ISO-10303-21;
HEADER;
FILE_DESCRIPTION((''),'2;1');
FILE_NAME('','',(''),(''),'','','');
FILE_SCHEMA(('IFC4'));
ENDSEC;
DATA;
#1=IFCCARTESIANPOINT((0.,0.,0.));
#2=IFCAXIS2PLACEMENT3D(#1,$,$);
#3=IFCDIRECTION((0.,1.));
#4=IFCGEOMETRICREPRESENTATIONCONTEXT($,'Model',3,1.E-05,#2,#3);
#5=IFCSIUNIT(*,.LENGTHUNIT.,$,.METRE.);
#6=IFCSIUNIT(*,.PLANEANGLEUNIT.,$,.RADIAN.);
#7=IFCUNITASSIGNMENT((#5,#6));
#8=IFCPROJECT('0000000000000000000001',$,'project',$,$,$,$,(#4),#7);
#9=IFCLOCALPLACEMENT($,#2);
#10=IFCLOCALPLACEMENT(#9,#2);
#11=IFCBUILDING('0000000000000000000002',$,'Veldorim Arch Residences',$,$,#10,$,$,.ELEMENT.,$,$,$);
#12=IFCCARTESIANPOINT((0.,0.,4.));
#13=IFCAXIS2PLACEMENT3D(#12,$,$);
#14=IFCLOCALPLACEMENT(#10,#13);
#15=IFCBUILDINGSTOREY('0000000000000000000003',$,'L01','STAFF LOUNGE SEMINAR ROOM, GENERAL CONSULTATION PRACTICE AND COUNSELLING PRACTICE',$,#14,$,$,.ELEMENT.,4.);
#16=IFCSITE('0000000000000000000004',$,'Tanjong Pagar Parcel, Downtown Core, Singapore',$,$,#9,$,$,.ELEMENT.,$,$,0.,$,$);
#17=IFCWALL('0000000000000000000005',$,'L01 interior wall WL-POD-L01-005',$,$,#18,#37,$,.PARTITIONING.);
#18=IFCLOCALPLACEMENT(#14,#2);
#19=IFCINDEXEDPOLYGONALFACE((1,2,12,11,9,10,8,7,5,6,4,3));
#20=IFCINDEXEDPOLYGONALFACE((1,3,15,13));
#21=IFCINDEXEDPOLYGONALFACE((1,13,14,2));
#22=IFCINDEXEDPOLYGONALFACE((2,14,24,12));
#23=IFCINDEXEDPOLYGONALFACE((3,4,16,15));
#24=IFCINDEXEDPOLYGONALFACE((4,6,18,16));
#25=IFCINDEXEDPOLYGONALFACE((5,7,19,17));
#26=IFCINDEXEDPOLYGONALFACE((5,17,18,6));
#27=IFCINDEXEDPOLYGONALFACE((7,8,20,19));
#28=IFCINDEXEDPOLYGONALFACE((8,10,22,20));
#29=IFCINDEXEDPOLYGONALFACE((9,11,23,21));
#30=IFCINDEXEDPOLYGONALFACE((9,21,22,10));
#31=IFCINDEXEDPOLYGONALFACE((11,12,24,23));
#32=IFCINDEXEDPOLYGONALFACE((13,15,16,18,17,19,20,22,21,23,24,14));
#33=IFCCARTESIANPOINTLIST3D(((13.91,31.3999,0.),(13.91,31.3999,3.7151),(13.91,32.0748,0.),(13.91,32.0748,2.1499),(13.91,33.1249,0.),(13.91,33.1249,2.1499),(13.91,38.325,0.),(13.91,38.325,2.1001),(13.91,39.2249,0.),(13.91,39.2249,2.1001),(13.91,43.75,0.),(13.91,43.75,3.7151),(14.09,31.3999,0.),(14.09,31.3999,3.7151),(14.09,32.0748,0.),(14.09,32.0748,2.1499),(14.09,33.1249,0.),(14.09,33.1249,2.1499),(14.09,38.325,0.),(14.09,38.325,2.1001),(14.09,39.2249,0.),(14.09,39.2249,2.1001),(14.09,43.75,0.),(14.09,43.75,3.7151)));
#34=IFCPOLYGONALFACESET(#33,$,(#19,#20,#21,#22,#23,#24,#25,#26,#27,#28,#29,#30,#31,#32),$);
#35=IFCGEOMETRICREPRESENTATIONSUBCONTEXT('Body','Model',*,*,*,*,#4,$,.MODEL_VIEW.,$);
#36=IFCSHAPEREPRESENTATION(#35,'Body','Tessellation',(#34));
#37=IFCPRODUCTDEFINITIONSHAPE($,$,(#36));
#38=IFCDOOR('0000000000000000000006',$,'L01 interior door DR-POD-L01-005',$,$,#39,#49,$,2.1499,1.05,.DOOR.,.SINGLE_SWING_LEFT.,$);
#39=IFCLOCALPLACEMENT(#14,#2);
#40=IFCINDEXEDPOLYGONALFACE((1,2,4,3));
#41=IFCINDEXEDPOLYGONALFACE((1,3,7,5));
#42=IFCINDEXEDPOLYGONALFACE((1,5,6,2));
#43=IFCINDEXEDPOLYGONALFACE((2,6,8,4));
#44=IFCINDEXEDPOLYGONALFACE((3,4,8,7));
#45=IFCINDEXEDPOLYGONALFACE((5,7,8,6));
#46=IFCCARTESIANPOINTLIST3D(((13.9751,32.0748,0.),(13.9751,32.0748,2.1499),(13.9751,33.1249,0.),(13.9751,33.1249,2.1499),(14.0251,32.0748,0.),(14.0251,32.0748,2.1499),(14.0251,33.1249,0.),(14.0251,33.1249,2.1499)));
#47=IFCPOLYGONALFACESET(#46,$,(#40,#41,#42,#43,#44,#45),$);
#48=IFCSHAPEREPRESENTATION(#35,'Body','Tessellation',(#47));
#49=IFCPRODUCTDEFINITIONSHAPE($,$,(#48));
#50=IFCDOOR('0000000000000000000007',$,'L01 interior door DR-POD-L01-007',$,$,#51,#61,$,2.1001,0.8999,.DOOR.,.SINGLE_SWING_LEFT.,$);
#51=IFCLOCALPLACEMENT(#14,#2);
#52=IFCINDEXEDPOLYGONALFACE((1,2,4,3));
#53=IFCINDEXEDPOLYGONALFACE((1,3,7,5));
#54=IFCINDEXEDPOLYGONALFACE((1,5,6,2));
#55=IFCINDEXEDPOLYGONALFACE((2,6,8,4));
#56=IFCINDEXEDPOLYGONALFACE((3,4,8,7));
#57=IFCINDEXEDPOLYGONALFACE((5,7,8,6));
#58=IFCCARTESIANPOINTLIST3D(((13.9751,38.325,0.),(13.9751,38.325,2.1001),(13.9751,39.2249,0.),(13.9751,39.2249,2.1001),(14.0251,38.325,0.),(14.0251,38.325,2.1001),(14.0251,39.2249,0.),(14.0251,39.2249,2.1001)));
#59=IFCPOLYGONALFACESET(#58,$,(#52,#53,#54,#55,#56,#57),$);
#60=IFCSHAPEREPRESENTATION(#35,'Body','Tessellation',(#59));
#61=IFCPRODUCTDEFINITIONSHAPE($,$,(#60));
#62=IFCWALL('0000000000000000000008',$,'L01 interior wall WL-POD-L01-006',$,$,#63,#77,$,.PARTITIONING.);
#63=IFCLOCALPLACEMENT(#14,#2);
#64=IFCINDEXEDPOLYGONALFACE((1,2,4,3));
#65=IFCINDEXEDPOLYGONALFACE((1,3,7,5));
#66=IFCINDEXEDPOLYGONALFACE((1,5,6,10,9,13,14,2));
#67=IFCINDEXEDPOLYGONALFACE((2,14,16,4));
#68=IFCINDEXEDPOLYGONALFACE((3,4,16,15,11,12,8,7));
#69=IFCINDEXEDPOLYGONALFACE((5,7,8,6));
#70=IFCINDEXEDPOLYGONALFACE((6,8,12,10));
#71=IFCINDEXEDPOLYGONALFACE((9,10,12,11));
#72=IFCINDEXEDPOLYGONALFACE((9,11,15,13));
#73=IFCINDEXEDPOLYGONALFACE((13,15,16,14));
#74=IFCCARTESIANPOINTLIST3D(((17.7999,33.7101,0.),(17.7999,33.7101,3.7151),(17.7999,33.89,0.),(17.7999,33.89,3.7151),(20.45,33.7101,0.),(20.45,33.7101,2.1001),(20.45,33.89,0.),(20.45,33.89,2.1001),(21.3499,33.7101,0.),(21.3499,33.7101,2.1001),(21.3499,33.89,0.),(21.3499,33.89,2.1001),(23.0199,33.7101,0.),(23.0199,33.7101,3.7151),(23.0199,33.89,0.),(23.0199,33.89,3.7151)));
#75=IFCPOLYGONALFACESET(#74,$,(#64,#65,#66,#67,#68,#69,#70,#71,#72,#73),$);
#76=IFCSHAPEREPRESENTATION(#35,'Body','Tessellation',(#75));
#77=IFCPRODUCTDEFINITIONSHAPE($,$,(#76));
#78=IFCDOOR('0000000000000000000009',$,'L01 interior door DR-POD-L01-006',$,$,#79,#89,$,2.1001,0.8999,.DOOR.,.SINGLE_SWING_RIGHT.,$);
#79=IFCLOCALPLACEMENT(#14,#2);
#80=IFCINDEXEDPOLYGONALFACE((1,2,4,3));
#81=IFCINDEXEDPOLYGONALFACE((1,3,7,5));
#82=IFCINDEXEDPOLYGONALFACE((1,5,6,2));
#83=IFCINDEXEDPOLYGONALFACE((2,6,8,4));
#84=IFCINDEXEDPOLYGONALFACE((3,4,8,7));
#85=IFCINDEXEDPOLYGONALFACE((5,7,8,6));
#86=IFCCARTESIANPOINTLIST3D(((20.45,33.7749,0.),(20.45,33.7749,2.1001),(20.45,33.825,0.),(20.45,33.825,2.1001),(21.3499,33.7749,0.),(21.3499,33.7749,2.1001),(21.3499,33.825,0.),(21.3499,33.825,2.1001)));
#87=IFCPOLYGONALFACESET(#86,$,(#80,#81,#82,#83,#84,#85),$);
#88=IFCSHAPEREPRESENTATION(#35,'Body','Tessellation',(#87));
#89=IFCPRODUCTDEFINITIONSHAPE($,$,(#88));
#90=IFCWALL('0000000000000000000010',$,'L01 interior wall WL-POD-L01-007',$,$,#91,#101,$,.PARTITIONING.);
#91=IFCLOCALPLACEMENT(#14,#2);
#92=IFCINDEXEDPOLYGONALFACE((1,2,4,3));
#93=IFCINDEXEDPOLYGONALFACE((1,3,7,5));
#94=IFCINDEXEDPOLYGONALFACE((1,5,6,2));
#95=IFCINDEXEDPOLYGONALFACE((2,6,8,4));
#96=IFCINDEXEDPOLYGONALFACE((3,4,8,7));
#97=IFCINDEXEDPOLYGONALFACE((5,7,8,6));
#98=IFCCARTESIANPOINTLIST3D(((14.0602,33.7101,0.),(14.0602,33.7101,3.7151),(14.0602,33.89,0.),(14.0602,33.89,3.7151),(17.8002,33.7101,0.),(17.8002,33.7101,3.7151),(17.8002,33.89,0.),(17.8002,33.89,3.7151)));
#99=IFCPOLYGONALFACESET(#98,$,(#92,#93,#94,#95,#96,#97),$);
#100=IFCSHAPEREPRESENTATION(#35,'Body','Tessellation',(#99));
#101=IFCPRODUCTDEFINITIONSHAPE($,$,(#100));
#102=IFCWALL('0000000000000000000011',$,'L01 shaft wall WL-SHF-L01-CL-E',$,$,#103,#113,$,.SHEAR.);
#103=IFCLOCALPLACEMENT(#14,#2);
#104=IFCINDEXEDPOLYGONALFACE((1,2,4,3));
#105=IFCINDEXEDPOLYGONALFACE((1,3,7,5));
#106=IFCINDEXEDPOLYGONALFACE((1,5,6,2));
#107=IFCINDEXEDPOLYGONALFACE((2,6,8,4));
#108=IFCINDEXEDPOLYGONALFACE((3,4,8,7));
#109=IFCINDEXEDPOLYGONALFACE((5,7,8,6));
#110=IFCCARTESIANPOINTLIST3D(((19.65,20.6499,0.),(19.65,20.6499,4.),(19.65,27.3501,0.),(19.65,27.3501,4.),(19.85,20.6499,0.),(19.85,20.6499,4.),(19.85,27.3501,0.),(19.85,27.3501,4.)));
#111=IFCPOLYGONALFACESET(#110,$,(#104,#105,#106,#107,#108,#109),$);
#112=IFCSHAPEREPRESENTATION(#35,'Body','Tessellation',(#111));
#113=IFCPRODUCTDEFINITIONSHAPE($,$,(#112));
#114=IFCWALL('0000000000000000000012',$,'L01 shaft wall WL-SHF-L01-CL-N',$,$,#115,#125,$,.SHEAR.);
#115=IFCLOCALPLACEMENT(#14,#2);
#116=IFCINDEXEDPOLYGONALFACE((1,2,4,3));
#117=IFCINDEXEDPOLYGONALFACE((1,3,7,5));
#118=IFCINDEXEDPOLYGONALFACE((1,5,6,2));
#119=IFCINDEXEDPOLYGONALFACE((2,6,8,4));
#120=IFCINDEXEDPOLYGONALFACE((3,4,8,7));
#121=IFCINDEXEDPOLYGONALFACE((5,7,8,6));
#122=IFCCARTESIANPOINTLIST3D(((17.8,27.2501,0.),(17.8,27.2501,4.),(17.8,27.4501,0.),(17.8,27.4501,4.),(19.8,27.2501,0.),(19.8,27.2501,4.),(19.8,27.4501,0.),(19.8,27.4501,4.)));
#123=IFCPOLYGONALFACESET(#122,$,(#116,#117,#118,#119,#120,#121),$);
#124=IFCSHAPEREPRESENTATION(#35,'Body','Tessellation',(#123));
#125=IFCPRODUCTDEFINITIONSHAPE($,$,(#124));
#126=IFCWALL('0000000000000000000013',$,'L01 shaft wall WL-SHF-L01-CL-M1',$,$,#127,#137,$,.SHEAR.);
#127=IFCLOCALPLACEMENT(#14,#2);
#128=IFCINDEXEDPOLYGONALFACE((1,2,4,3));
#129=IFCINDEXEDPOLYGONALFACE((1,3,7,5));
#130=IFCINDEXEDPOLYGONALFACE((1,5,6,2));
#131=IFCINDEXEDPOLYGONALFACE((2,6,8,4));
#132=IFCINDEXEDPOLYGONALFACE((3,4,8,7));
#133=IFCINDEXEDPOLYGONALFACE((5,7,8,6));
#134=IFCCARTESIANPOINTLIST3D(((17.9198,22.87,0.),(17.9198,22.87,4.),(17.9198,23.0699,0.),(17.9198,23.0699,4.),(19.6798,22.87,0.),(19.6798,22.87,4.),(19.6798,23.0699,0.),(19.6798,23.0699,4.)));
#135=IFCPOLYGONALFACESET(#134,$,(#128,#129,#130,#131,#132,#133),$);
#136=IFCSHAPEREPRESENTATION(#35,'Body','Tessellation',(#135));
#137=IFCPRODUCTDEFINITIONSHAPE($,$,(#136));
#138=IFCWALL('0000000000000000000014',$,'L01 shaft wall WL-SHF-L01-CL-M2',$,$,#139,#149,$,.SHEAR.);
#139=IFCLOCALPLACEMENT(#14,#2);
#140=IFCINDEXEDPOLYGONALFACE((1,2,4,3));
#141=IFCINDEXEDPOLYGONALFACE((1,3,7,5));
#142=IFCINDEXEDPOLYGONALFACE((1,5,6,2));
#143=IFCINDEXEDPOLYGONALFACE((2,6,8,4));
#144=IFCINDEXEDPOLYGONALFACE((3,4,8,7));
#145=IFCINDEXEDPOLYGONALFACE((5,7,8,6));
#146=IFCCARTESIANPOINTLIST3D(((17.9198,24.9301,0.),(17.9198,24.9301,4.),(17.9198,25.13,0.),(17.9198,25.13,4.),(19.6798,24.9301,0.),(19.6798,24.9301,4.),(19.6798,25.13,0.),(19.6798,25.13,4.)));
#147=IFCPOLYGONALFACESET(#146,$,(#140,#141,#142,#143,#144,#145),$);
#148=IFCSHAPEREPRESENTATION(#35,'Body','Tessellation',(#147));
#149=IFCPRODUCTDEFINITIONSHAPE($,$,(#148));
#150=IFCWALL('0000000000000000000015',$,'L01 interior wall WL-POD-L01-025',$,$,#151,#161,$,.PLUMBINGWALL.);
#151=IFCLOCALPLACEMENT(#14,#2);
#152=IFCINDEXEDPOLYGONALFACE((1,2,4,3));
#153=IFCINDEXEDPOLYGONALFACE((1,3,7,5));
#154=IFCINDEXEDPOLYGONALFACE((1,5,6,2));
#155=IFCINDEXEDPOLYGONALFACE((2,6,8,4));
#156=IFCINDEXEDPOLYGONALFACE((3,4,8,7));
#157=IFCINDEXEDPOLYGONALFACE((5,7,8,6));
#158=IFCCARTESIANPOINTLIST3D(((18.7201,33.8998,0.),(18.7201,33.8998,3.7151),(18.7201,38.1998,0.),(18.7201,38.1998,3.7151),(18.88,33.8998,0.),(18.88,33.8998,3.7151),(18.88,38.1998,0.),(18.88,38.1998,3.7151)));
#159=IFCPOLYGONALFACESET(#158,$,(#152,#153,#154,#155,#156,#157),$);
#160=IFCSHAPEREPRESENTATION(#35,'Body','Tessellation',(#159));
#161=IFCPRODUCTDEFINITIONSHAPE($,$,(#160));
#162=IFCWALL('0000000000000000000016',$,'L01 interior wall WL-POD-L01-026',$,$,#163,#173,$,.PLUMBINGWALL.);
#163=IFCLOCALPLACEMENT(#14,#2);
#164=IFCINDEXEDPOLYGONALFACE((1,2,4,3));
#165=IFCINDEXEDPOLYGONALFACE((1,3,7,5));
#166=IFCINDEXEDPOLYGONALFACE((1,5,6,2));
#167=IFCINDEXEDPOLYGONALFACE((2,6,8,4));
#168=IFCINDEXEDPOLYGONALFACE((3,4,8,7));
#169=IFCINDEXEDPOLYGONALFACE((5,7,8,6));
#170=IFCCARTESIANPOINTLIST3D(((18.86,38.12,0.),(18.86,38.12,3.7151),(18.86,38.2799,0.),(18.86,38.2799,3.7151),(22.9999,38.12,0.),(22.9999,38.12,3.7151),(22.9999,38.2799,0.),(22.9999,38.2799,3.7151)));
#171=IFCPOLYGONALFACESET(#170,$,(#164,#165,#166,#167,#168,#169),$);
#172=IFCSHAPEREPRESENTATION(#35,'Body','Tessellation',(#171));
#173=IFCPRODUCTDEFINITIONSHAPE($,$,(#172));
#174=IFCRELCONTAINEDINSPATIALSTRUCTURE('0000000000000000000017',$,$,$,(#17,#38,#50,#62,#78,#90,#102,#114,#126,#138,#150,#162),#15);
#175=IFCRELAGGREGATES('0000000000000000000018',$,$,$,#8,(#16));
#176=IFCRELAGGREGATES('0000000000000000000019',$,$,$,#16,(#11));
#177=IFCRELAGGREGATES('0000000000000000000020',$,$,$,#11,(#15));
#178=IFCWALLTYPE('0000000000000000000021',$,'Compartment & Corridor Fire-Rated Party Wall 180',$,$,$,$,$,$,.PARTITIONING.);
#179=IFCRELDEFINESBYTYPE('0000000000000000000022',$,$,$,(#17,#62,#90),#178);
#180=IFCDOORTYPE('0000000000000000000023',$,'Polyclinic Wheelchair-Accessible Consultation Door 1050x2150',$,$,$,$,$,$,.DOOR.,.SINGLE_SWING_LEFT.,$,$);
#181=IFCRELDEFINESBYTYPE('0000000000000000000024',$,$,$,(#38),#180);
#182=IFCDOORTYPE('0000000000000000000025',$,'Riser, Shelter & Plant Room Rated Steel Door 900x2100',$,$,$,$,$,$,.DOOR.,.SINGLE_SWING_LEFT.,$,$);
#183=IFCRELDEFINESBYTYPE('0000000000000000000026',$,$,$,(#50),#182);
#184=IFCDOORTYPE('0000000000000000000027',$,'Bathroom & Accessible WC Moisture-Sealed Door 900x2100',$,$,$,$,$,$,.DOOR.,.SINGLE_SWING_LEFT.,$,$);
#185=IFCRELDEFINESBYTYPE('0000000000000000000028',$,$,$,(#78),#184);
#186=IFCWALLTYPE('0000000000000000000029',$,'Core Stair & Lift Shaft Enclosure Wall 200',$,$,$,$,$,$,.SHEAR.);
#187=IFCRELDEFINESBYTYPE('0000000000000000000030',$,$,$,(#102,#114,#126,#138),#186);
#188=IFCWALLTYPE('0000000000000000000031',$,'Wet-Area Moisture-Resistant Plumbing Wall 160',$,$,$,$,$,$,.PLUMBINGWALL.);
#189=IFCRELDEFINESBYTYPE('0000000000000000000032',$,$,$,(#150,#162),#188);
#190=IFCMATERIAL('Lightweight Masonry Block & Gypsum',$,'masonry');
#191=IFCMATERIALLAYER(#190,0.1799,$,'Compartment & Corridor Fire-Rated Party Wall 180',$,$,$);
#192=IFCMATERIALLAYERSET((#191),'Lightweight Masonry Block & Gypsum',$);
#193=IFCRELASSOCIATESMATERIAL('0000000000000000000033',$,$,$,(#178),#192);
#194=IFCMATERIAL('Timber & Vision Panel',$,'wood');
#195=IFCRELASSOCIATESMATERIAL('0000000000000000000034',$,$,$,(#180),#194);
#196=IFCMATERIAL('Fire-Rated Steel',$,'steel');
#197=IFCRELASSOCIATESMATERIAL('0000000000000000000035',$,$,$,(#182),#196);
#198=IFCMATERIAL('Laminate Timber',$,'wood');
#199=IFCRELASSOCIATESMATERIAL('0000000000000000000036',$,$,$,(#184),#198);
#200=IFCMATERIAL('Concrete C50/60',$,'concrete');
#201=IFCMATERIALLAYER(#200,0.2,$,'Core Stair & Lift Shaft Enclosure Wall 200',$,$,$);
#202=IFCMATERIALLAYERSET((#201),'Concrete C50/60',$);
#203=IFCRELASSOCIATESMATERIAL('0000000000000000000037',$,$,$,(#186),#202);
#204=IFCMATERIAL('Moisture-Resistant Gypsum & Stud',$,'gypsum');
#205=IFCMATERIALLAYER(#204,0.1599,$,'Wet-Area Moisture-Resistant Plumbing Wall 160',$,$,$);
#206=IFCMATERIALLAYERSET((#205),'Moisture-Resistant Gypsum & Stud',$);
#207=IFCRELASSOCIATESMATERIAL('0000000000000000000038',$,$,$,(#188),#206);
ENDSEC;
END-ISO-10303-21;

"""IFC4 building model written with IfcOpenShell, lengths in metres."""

from ifc_helpers import new_model, si_unit, direction, frame, frame_2d, origin, place, context, subcontext, project, spatial, rectangle, extrude, material, layer, layer_set, type_object, element, fill, save


model = new_model("IFC4")

# Units and contexts
model_context = context("Model", 3, precision=1e-05, world=origin(), true_north=direction((0.0, 1.0)))
body_context = subcontext(model_context, "Body", "Model", "MODEL_VIEW")
ifc_project = project(units=[si_unit("LENGTHUNIT", "METRE"), si_unit("PLANEANGLEUNIT", "RADIAN")], contexts=[model_context])

# Site, building, storey
site_placement = place(None, origin())
site = spatial("IfcSite", under=ifc_project, at=site_placement, Name="Tanjong Pagar Parcel, Downtown Core, Singapore", CompositionType="ELEMENT", RefElevation=0.0)
building_placement = place(site_placement, origin())
building = spatial("IfcBuilding", under=site, at=building_placement, Name="Veldorim Arch Residences", CompositionType="ELEMENT")
storey_placement = place(building_placement, frame((0.0, 0.0, 4.0)))
storey = spatial("IfcBuildingStorey", under=building, at=storey_placement, Name="L01", Description="STAFF LOUNGE SEMINAR ROOM, GENERAL CONSULTATION PRACTICE AND COUNSELLING PRACTICE", CompositionType="ELEMENT", Elevation=4.0)

# Wall, openings, doors
ifc_material_1 = material(Name="Lightweight Masonry Block & Gypsum", Category="masonry")
ifc_layer_1 = layer(ifc_material_1, 0.1799, Name="Compartment & Corridor Fire-Rated Party Wall 180")
ifc_layer_set_1 = layer_set([ifc_layer_1], Name="Lightweight Masonry Block & Gypsum")
wall_type_1 = type_object("IfcWallType", Name="Compartment & Corridor Fire-Rated Party Wall 180", PredefinedType="PARTITIONING", material=ifc_layer_set_1)
wall_1_placement = place(storey_placement, frame((14.0, 31.3999, 0.0), z_axis=(0.0, 0.0, 1.0), x_axis=(0.0, 1.0, 0.0)))
wall_1 = element("IfcWall", 1, at=wall_1_placement, inside=storey, type_object=wall_type_1, Name="L01 interior wall WL-POD-L01-005", PredefinedType="PARTITIONING", context=body_context, shape_type="SweptSolid", body=[
    extrude(rectangle(XDim=12.3501, YDim=0.1799, at=frame_2d((6.175, 0.0))), origin(), (0.0, 0.0, 1.0), 3.7151),
])
opening_1_placement = place(wall_1_placement, frame((0.675, 0.0, 0.0)))
opening_1 = element("IfcOpeningElement", 2, at=opening_1_placement, cuts=wall_1, PredefinedType="OPENING", context=body_context, shape_type="SweptSolid", body=[
    extrude(rectangle(XDim=1.05, YDim=2.1499, at=frame_2d((0.5249, 1.075))), frame((0.0, 0.0999, 0.0), z_axis=(0.0, -1.0, 0.0), x_axis=(1.0, 0.0, 0.0)), (0.0, 0.0, 1.0), 0.2),
])
opening_2_placement = place(wall_1_placement, frame((6.925, 0.0, 0.0)))
opening_2 = element("IfcOpeningElement", 3, at=opening_2_placement, cuts=wall_1, PredefinedType="OPENING", context=body_context, shape_type="SweptSolid", body=[
    extrude(rectangle(XDim=0.8999, YDim=2.1001, at=frame_2d((0.45, 1.05))), frame((0.0, 0.0999, 0.0), z_axis=(0.0, -1.0, 0.0), x_axis=(1.0, 0.0, 0.0)), (0.0, 0.0, 1.0), 0.2),
])
ifc_material_2 = material(Name="Timber & Vision Panel", Category="wood")
door_type_1 = type_object("IfcDoorType", Name="Polyclinic Wheelchair-Accessible Consultation Door 1050x2150", OperationType="SINGLE_SWING_LEFT", PredefinedType="DOOR", material=ifc_material_2)
door_1_placement = place(opening_1_placement, origin())
door_1 = element("IfcDoor", 4, at=door_1_placement, inside=storey, type_object=door_type_1, Name="L01 interior door DR-POD-L01-005", OperationType="SINGLE_SWING_LEFT", OverallHeight=2.1499, OverallWidth=1.05, PredefinedType="DOOR", context=body_context, shape_type="SweptSolid", body=[
    extrude(rectangle(XDim=1.05, YDim=2.1499, at=frame_2d((0.5249, 1.075))), frame((0.0, 0.0249, 0.0), z_axis=(0.0, -1.0, 0.0), x_axis=(1.0, 0.0, 0.0)), (0.0, 0.0, 1.0), 0.05),
])
fill(opening_1, door_1)
ifc_material_3 = material(Name="Fire-Rated Steel", Category="steel")
door_type_2 = type_object("IfcDoorType", Name="Riser, Shelter & Plant Room Rated Steel Door 900x2100", OperationType="SINGLE_SWING_LEFT", PredefinedType="DOOR", material=ifc_material_3)
door_2_placement = place(opening_2_placement, origin())
door_2 = element("IfcDoor", 5, at=door_2_placement, inside=storey, type_object=door_type_2, Name="L01 interior door DR-POD-L01-007", OperationType="SINGLE_SWING_LEFT", OverallHeight=2.1001, OverallWidth=0.8999, PredefinedType="DOOR", context=body_context, shape_type="SweptSolid", body=[
    extrude(rectangle(XDim=0.8999, YDim=2.1001, at=frame_2d((0.45, 1.05))), frame((0.0, 0.0249, 0.0), z_axis=(0.0, -1.0, 0.0), x_axis=(1.0, 0.0, 0.0)), (0.0, 0.0, 1.0), 0.05),
])
fill(opening_2, door_2)

# Wall, opening, door
wall_2_placement = place(storey_placement, frame((17.8, 33.8, 0.0), z_axis=(0.0, 0.0, 1.0), x_axis=(1.0, 0.0, 0.0)))
wall_2 = element("IfcWall", 6, at=wall_2_placement, inside=storey, type_object=wall_type_1, Name="L01 interior wall WL-POD-L01-006", PredefinedType="PARTITIONING", context=body_context, shape_type="SweptSolid", body=[
    extrude(rectangle(XDim=5.22, YDim=0.1799, at=frame_2d((2.6099, 0.0))), origin(), (0.0, 0.0, 1.0), 3.7151),
])
opening_3_placement = place(wall_2_placement, frame((2.6499, 0.0, 0.0)))
opening_3 = element("IfcOpeningElement", 7, at=opening_3_placement, cuts=wall_2, PredefinedType="OPENING", context=body_context, shape_type="SweptSolid", body=[
    extrude(rectangle(XDim=0.8999, YDim=2.1001, at=frame_2d((0.45, 1.05))), frame((0.0, 0.0999, 0.0), z_axis=(0.0, -1.0, 0.0), x_axis=(1.0, 0.0, 0.0)), (0.0, 0.0, 1.0), 0.2),
])
ifc_material_4 = material(Name="Laminate Timber", Category="wood")
door_type_3 = type_object("IfcDoorType", Name="Bathroom & Accessible WC Moisture-Sealed Door 900x2100", OperationType="SINGLE_SWING_LEFT", PredefinedType="DOOR", material=ifc_material_4)
door_3_placement = place(opening_3_placement, origin())
door_3 = element("IfcDoor", 8, at=door_3_placement, inside=storey, type_object=door_type_3, Name="L01 interior door DR-POD-L01-006", OperationType="SINGLE_SWING_RIGHT", OverallHeight=2.1001, OverallWidth=0.8999, PredefinedType="DOOR", context=body_context, shape_type="SweptSolid", body=[
    extrude(rectangle(XDim=0.8999, YDim=2.1001, at=frame_2d((0.45, 1.05))), frame((0.0, 0.0249, 0.0), z_axis=(0.0, -1.0, 0.0), x_axis=(1.0, 0.0, 0.0)), (0.0, 0.0, 1.0), 0.05),
])
fill(opening_3, door_3)

# Walls
wall_3_placement = place(storey_placement, frame((14.0601, 33.8, 0.0), z_axis=(0.0, 0.0, 1.0), x_axis=(1.0, 0.0, 0.0)))
element("IfcWall", 9, at=wall_3_placement, inside=storey, type_object=wall_type_1, Name="L01 interior wall WL-POD-L01-007", PredefinedType="PARTITIONING", context=body_context, shape_type="SweptSolid", body=[
    extrude(rectangle(XDim=3.74, YDim=0.1799, at=frame_2d((1.8701, 0.0))), origin(), (0.0, 0.0, 1.0), 3.7151),
])
ifc_material_5 = material(Name="Concrete C50/60", Category="concrete")
ifc_layer_2 = layer(ifc_material_5, 0.2, Name="Core Stair & Lift Shaft Enclosure Wall 200")
ifc_layer_set_2 = layer_set([ifc_layer_2], Name="Concrete C50/60")
wall_type_2 = type_object("IfcWallType", Name="Core Stair & Lift Shaft Enclosure Wall 200", PredefinedType="SHEAR", material=ifc_layer_set_2)
wall_4_placement = place(storey_placement, frame((19.75, 20.6499, 0.0), z_axis=(0.0, 0.0, 1.0), x_axis=(0.0, 1.0, 0.0)))
element("IfcWall", 10, at=wall_4_placement, inside=storey, type_object=wall_type_2, Name="L01 shaft wall WL-SHF-L01-CL-E", PredefinedType="SHEAR", context=body_context, shape_type="SweptSolid", body=[
    extrude(rectangle(XDim=6.7002, YDim=0.2, at=frame_2d((3.3501, 0.0))), origin(), (0.0, 0.0, 1.0), 4.0),
])
wall_5_placement = place(storey_placement, frame((17.8, 27.3501, 0.0), z_axis=(0.0, 0.0, 1.0), x_axis=(1.0, 0.0, 0.0)))
element("IfcWall", 11, at=wall_5_placement, inside=storey, type_object=wall_type_2, Name="L01 shaft wall WL-SHF-L01-CL-N", PredefinedType="SHEAR", context=body_context, shape_type="SweptSolid", body=[
    extrude(rectangle(XDim=2.0, YDim=0.2, at=frame_2d((1.0, 0.0))), origin(), (0.0, 0.0, 1.0), 4.0),
])
for number, where, z_axis, x_axis, name in (
    (12, (17.9199, 22.97, 0.0), (0.0, 0.0, 1.0), (1.0, 0.0, 0.0), "L01 shaft wall WL-SHF-L01-CL-M1"),
    (13, (17.9199, 25.03, 0.0), (0.0, 0.0, 1.0), (1.0, 0.0, 0.0), "L01 shaft wall WL-SHF-L01-CL-M2"),
):
    element("IfcWall", number, at=place(storey_placement, frame(where, z_axis=z_axis, x_axis=x_axis)), inside=storey, type_object=wall_type_2, Name=name, PredefinedType="SHEAR", context=body_context, shape_type="SweptSolid", body=[
        extrude(rectangle(XDim=1.76, YDim=0.2, at=frame_2d((0.8799, 0.0))), origin(), (0.0, 0.0, 1.0), 4.0),
    ])
ifc_material_6 = material(Name="Moisture-Resistant Gypsum & Stud", Category="gypsum")
ifc_layer_3 = layer(ifc_material_6, 0.1599, Name="Wet-Area Moisture-Resistant Plumbing Wall 160")
ifc_layer_set_3 = layer_set([ifc_layer_3], Name="Moisture-Resistant Gypsum & Stud")
wall_type_3 = type_object("IfcWallType", Name="Wet-Area Moisture-Resistant Plumbing Wall 160", PredefinedType="PLUMBINGWALL", material=ifc_layer_set_3)
wall_6_placement = place(storey_placement, frame((18.8, 33.8999, 0.0), z_axis=(0.0, 0.0, 1.0), x_axis=(0.0, 1.0, 0.0)))
element("IfcWall", 14, at=wall_6_placement, inside=storey, type_object=wall_type_3, Name="L01 interior wall WL-POD-L01-025", PredefinedType="PLUMBINGWALL", context=body_context, shape_type="SweptSolid", body=[
    extrude(rectangle(XDim=4.3, YDim=0.1599, at=frame_2d((2.1499, 0.0))), origin(), (0.0, 0.0, 1.0), 3.7151),
])
wall_7_placement = place(storey_placement, frame((18.8601, 38.2, 0.0), z_axis=(0.0, 0.0, 1.0), x_axis=(1.0, 0.0, 0.0)))
element("IfcWall", 15, at=wall_7_placement, inside=storey, type_object=wall_type_3, Name="L01 interior wall WL-POD-L01-026", PredefinedType="PLUMBINGWALL", context=body_context, shape_type="SweptSolid", body=[
    extrude(rectangle(XDim=4.1399, YDim=0.1599, at=frame_2d((2.0698, 0.0))), origin(), (0.0, 0.0, 1.0), 3.7151),
])

save(model, "model.ifc")
